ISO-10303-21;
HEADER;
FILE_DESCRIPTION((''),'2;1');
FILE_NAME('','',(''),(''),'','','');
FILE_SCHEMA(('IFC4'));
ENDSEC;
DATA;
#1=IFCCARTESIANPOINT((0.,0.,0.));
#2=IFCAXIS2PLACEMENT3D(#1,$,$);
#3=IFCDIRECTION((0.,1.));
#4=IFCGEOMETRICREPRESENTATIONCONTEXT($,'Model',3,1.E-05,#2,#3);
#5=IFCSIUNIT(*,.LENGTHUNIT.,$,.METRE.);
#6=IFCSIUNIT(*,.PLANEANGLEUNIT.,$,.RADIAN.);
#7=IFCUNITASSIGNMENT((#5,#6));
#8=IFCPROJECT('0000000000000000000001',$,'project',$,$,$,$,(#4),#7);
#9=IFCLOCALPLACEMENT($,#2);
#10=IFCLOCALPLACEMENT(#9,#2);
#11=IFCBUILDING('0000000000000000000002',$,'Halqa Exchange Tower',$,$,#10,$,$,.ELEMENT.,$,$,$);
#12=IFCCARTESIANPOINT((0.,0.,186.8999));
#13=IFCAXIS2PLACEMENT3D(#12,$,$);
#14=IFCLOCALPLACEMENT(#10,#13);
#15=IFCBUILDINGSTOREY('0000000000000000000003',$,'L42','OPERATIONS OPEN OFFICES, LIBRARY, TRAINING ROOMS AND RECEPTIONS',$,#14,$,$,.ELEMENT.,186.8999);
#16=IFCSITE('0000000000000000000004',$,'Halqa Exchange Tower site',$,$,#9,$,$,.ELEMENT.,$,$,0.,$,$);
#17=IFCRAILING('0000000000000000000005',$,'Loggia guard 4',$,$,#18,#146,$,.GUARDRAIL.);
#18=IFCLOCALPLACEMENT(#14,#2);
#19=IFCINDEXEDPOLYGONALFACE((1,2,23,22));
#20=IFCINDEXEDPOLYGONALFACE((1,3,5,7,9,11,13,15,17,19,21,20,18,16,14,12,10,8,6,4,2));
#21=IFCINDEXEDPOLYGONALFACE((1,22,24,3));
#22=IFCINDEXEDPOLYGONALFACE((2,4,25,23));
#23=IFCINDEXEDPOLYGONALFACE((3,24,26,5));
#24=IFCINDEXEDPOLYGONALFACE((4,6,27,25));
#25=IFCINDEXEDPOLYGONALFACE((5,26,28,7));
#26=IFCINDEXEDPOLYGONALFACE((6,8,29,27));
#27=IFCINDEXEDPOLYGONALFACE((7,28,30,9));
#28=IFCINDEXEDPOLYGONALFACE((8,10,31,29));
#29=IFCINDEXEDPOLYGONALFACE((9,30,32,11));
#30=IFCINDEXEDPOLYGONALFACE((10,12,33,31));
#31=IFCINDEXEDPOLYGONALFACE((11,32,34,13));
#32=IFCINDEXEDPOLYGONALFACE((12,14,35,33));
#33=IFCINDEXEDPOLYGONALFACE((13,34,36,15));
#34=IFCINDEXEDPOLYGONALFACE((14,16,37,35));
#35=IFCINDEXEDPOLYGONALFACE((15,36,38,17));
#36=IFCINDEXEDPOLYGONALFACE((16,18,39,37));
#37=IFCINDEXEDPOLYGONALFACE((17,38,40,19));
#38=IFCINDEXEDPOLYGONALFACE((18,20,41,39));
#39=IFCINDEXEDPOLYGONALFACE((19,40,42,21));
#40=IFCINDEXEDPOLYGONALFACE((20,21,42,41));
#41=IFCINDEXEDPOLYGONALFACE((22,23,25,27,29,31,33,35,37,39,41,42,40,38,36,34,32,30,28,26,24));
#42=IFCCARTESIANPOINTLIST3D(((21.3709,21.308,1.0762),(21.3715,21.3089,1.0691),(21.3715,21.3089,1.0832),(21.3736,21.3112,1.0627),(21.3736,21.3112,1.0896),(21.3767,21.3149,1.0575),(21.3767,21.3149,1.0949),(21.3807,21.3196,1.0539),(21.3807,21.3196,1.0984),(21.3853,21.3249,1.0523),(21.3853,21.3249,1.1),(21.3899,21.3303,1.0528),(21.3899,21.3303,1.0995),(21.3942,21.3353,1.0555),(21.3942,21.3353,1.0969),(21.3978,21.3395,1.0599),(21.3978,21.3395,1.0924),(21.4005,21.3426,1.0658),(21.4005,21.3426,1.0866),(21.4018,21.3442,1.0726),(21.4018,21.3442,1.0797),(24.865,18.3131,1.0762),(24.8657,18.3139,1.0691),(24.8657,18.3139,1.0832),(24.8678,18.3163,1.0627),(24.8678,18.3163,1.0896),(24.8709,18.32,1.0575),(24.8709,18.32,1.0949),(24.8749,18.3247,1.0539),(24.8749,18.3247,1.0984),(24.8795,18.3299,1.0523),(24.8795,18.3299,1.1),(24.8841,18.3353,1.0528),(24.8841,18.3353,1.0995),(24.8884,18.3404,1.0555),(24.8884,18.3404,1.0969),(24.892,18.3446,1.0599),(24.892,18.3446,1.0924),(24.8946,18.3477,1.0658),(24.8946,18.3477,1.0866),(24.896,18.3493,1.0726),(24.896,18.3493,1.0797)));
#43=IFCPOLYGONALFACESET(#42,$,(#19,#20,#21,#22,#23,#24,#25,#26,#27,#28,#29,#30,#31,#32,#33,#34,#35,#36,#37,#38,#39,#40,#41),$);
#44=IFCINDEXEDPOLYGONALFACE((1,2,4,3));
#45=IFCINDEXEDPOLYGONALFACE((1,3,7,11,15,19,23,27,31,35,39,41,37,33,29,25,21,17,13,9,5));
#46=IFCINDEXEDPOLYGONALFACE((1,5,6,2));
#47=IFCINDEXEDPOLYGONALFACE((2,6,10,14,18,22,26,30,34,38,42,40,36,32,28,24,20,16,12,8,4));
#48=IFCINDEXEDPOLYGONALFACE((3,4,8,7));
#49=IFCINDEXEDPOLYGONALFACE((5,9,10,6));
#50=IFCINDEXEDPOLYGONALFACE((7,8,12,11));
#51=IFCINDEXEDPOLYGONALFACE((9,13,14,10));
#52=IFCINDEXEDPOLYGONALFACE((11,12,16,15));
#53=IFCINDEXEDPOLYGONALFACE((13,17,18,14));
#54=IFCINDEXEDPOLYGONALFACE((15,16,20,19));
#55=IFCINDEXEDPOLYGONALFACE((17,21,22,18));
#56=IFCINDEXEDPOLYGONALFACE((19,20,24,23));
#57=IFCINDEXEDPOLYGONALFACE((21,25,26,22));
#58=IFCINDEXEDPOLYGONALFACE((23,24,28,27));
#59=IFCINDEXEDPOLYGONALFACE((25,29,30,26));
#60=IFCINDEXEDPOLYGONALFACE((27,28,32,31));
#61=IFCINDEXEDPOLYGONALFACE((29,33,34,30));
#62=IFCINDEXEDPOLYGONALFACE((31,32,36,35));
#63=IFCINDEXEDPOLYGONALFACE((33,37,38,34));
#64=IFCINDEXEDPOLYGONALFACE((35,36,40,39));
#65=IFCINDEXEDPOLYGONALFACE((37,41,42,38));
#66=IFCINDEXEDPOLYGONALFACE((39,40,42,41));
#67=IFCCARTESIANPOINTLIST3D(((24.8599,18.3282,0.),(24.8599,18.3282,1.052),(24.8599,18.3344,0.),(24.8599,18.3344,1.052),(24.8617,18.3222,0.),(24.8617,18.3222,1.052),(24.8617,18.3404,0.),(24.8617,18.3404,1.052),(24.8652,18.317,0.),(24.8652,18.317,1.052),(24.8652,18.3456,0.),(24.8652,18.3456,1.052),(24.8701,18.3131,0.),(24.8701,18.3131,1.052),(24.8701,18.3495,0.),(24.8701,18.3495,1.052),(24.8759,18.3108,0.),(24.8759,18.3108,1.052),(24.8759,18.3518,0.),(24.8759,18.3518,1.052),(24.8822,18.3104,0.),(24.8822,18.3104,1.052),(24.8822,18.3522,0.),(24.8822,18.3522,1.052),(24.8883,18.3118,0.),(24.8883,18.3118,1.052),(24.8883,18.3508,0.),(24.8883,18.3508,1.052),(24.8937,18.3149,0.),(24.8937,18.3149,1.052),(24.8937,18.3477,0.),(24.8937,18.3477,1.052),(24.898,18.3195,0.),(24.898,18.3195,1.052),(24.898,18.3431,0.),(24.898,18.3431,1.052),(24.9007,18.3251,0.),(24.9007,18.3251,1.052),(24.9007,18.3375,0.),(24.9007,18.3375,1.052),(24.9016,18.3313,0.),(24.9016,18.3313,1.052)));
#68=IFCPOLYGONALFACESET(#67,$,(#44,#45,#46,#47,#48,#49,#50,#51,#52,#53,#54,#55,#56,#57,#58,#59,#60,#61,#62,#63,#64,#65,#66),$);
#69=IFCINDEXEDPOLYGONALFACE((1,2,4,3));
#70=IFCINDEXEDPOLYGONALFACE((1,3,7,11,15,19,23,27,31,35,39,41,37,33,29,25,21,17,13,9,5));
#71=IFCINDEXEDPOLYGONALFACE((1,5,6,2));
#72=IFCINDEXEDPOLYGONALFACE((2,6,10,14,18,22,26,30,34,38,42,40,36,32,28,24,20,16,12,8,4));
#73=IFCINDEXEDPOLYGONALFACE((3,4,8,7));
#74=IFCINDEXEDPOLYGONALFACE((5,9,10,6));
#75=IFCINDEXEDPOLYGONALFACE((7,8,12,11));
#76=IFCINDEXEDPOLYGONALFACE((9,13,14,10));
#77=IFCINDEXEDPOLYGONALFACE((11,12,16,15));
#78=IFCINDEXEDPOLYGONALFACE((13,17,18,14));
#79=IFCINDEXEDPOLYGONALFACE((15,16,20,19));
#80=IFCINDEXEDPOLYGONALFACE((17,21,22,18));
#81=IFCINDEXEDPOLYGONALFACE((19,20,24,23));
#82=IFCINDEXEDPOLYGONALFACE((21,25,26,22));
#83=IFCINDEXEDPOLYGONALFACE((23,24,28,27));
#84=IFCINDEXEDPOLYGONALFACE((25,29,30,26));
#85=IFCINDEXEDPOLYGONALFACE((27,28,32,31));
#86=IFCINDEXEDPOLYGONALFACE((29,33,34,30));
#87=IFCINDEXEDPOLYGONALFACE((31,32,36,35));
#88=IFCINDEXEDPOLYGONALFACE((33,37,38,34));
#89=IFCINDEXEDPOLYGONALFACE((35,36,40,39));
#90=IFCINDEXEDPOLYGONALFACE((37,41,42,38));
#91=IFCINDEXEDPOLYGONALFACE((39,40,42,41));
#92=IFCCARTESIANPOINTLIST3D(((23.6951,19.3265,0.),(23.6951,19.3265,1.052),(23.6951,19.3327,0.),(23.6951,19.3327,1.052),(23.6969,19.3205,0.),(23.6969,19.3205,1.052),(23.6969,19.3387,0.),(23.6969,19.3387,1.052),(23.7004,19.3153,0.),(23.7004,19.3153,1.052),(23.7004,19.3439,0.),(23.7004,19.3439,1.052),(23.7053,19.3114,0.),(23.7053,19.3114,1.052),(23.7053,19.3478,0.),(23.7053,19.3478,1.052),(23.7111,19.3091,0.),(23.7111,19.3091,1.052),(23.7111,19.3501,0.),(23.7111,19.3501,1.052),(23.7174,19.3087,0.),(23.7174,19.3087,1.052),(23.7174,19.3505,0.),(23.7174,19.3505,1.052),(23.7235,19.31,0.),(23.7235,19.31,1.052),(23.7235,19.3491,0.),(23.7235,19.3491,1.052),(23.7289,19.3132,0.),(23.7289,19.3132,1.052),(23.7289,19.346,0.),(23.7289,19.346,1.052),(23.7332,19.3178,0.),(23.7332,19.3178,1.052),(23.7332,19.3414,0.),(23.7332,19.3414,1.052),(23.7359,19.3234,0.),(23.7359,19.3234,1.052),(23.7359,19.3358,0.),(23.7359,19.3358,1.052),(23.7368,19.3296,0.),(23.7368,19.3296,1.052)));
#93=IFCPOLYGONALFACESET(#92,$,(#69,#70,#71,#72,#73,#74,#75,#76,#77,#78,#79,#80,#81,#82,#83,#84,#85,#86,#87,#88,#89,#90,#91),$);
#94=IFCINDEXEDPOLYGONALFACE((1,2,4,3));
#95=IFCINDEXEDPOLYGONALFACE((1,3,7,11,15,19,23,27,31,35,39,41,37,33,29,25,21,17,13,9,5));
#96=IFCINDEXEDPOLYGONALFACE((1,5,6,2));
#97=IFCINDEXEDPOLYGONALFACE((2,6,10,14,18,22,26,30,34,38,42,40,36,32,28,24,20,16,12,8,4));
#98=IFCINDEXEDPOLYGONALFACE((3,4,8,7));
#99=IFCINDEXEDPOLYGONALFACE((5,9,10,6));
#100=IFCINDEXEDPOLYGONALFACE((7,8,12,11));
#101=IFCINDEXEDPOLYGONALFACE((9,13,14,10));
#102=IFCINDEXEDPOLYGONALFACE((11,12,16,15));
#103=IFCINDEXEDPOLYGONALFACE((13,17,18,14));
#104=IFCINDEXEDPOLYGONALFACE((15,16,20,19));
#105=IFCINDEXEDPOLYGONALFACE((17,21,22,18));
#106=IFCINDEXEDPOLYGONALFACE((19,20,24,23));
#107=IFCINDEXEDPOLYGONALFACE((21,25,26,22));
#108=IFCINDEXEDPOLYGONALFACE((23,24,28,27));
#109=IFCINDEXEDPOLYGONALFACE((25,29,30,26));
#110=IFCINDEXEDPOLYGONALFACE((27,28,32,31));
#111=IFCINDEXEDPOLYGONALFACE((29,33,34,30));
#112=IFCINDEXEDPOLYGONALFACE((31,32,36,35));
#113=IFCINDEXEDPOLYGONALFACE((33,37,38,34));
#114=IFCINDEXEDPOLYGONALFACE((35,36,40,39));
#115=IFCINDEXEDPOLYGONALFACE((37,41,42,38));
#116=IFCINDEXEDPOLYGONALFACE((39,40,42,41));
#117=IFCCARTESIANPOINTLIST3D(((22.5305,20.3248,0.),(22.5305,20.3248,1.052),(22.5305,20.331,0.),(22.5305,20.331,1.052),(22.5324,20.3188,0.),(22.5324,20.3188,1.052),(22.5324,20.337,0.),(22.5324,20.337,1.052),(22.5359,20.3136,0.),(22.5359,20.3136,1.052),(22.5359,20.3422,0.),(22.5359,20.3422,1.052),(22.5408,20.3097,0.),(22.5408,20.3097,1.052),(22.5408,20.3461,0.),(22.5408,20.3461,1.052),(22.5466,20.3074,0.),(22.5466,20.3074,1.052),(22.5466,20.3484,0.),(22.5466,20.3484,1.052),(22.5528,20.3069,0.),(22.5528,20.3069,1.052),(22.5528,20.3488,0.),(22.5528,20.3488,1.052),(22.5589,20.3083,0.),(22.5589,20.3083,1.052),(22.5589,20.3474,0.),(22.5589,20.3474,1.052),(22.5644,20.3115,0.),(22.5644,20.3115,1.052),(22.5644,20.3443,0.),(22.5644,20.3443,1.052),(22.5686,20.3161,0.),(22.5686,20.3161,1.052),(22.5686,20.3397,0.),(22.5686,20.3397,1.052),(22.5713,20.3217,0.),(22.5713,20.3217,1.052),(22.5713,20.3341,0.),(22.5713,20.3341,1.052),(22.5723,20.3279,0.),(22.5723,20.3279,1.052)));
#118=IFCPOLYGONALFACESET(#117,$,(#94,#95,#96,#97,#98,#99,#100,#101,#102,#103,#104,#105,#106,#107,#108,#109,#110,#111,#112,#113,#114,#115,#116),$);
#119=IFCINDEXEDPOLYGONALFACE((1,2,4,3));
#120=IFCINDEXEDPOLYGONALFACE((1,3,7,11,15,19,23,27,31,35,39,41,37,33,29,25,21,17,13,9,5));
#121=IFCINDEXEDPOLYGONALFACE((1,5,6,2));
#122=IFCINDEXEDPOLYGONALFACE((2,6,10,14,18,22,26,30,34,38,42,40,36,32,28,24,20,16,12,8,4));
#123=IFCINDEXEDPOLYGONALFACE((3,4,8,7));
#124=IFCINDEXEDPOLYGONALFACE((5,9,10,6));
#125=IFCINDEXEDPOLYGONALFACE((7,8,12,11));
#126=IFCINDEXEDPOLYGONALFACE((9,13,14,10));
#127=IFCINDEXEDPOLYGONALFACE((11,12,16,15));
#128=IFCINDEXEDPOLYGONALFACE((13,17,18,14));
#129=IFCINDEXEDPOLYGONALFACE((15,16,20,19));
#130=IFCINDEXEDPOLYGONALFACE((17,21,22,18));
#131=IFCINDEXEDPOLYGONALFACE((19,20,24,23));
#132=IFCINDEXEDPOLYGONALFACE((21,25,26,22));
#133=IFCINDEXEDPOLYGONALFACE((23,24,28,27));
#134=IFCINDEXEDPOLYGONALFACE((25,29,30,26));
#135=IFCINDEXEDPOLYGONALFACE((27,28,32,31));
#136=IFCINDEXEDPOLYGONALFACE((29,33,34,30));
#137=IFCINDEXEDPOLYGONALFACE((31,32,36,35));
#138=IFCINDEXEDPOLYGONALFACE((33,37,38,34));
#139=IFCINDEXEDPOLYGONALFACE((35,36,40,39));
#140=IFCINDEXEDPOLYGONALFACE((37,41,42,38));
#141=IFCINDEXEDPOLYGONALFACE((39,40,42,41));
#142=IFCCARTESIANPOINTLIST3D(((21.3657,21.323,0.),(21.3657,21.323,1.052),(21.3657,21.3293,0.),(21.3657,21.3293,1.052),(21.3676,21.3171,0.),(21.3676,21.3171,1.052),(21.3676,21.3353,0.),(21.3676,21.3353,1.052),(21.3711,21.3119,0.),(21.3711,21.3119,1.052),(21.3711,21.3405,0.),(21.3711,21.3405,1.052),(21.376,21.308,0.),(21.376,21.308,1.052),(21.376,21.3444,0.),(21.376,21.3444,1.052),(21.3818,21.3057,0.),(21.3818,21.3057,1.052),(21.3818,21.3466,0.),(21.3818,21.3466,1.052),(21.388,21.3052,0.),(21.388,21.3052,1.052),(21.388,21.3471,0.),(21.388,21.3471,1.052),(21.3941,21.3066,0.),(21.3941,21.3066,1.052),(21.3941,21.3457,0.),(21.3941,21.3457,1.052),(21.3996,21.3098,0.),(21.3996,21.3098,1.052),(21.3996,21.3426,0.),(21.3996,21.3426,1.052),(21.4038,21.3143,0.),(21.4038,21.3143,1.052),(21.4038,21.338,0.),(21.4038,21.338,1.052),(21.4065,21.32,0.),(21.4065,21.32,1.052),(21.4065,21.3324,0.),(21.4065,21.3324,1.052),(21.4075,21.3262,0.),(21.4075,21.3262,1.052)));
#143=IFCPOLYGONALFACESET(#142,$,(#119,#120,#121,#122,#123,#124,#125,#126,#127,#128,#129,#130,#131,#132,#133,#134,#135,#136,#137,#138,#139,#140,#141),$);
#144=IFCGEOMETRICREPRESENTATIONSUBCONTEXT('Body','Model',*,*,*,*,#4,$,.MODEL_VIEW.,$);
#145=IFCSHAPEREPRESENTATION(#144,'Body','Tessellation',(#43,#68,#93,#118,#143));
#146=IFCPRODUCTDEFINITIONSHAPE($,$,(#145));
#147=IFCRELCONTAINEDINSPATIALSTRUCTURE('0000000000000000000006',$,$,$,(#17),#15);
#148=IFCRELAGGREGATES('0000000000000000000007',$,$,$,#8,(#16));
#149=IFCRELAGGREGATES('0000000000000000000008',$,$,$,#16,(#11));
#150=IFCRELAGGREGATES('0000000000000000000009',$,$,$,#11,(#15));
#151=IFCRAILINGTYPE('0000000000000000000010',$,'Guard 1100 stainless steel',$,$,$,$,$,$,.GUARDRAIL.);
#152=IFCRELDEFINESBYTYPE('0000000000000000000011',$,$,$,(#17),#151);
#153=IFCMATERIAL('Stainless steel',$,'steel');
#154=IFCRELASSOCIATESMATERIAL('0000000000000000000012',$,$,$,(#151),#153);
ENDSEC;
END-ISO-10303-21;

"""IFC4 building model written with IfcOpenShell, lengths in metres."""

from ifc_helpers import new_model, si_unit, direction, frame, origin, origin_2d, place, context, subcontext, project, spatial, circle, extrude, material, type_object, element, save


model = new_model("IFC4")

# Units and contexts
model_context = context("Model", 3, precision=1e-05, world=origin(), true_north=direction((0.0, 1.0)))
body_context = subcontext(model_context, "Body", "Model", "MODEL_VIEW")
ifc_project = project(units=[si_unit("LENGTHUNIT", "METRE"), si_unit("PLANEANGLEUNIT", "RADIAN")], contexts=[model_context])

# Site, building, storey
site_placement = place(None, origin())
site = spatial("IfcSite", under=ifc_project, at=site_placement, Name="Halqa Exchange Tower site", CompositionType="ELEMENT", RefElevation=0.0)
building_placement = place(site_placement, origin())
building = spatial("IfcBuilding", under=site, at=building_placement, Name="Halqa Exchange Tower", CompositionType="ELEMENT")
storey_placement = place(building_placement, frame((0.0, 0.0, 186.8999)))
storey = spatial("IfcBuildingStorey", under=building, at=storey_placement, Name="L42", Description="OPERATIONS OPEN OFFICES, LIBRARY, TRAINING ROOMS AND RECEPTIONS", CompositionType="ELEMENT", Elevation=186.8999)

# Railing
ifc_material_1 = material(Name="Stainless steel", Category="steel")
railing_type = type_object("IfcRailingType", Name="Guard 1100 stainless steel", PredefinedType="GUARDRAIL", material=ifc_material_1)
railing_1_placement = place(storey_placement, frame((24.8806, 18.3313, 0.0)))
element("IfcRailing", 1, at=railing_1_placement, inside=storey, type_object=railing_type, Name="Loggia guard 4", PredefinedType="GUARDRAIL", context=body_context, shape_type="SweptSolid", body=[
    extrude(circle(Radius=0.0239, at=origin_2d()), frame((0.0, 0.0, 1.0762), z_axis=(-0.759268, 0.650778, 0.0), x_axis=(-0.650778, -0.759268, 0.0)), (0.0, 0.0, 1.0), 4.6021),
    extrude(circle(Radius=0.021, at=origin_2d()), origin(), (0.0, 0.0, 1.0), 1.052),
    extrude(circle(Radius=0.021, at=origin_2d()), frame((-1.1648, 0.9983, 0.0)), (0.0, 0.0, 1.0), 1.052),
    extrude(circle(Radius=0.021, at=origin_2d()), frame((-2.3293, 1.9966, 0.0)), (0.0, 0.0, 1.0), 1.052),
    extrude(circle(Radius=0.021, at=origin_2d()), frame((-3.4941, 2.9949, 0.0)), (0.0, 0.0, 1.0), 1.052),
])

save(model, "model.ifc")
